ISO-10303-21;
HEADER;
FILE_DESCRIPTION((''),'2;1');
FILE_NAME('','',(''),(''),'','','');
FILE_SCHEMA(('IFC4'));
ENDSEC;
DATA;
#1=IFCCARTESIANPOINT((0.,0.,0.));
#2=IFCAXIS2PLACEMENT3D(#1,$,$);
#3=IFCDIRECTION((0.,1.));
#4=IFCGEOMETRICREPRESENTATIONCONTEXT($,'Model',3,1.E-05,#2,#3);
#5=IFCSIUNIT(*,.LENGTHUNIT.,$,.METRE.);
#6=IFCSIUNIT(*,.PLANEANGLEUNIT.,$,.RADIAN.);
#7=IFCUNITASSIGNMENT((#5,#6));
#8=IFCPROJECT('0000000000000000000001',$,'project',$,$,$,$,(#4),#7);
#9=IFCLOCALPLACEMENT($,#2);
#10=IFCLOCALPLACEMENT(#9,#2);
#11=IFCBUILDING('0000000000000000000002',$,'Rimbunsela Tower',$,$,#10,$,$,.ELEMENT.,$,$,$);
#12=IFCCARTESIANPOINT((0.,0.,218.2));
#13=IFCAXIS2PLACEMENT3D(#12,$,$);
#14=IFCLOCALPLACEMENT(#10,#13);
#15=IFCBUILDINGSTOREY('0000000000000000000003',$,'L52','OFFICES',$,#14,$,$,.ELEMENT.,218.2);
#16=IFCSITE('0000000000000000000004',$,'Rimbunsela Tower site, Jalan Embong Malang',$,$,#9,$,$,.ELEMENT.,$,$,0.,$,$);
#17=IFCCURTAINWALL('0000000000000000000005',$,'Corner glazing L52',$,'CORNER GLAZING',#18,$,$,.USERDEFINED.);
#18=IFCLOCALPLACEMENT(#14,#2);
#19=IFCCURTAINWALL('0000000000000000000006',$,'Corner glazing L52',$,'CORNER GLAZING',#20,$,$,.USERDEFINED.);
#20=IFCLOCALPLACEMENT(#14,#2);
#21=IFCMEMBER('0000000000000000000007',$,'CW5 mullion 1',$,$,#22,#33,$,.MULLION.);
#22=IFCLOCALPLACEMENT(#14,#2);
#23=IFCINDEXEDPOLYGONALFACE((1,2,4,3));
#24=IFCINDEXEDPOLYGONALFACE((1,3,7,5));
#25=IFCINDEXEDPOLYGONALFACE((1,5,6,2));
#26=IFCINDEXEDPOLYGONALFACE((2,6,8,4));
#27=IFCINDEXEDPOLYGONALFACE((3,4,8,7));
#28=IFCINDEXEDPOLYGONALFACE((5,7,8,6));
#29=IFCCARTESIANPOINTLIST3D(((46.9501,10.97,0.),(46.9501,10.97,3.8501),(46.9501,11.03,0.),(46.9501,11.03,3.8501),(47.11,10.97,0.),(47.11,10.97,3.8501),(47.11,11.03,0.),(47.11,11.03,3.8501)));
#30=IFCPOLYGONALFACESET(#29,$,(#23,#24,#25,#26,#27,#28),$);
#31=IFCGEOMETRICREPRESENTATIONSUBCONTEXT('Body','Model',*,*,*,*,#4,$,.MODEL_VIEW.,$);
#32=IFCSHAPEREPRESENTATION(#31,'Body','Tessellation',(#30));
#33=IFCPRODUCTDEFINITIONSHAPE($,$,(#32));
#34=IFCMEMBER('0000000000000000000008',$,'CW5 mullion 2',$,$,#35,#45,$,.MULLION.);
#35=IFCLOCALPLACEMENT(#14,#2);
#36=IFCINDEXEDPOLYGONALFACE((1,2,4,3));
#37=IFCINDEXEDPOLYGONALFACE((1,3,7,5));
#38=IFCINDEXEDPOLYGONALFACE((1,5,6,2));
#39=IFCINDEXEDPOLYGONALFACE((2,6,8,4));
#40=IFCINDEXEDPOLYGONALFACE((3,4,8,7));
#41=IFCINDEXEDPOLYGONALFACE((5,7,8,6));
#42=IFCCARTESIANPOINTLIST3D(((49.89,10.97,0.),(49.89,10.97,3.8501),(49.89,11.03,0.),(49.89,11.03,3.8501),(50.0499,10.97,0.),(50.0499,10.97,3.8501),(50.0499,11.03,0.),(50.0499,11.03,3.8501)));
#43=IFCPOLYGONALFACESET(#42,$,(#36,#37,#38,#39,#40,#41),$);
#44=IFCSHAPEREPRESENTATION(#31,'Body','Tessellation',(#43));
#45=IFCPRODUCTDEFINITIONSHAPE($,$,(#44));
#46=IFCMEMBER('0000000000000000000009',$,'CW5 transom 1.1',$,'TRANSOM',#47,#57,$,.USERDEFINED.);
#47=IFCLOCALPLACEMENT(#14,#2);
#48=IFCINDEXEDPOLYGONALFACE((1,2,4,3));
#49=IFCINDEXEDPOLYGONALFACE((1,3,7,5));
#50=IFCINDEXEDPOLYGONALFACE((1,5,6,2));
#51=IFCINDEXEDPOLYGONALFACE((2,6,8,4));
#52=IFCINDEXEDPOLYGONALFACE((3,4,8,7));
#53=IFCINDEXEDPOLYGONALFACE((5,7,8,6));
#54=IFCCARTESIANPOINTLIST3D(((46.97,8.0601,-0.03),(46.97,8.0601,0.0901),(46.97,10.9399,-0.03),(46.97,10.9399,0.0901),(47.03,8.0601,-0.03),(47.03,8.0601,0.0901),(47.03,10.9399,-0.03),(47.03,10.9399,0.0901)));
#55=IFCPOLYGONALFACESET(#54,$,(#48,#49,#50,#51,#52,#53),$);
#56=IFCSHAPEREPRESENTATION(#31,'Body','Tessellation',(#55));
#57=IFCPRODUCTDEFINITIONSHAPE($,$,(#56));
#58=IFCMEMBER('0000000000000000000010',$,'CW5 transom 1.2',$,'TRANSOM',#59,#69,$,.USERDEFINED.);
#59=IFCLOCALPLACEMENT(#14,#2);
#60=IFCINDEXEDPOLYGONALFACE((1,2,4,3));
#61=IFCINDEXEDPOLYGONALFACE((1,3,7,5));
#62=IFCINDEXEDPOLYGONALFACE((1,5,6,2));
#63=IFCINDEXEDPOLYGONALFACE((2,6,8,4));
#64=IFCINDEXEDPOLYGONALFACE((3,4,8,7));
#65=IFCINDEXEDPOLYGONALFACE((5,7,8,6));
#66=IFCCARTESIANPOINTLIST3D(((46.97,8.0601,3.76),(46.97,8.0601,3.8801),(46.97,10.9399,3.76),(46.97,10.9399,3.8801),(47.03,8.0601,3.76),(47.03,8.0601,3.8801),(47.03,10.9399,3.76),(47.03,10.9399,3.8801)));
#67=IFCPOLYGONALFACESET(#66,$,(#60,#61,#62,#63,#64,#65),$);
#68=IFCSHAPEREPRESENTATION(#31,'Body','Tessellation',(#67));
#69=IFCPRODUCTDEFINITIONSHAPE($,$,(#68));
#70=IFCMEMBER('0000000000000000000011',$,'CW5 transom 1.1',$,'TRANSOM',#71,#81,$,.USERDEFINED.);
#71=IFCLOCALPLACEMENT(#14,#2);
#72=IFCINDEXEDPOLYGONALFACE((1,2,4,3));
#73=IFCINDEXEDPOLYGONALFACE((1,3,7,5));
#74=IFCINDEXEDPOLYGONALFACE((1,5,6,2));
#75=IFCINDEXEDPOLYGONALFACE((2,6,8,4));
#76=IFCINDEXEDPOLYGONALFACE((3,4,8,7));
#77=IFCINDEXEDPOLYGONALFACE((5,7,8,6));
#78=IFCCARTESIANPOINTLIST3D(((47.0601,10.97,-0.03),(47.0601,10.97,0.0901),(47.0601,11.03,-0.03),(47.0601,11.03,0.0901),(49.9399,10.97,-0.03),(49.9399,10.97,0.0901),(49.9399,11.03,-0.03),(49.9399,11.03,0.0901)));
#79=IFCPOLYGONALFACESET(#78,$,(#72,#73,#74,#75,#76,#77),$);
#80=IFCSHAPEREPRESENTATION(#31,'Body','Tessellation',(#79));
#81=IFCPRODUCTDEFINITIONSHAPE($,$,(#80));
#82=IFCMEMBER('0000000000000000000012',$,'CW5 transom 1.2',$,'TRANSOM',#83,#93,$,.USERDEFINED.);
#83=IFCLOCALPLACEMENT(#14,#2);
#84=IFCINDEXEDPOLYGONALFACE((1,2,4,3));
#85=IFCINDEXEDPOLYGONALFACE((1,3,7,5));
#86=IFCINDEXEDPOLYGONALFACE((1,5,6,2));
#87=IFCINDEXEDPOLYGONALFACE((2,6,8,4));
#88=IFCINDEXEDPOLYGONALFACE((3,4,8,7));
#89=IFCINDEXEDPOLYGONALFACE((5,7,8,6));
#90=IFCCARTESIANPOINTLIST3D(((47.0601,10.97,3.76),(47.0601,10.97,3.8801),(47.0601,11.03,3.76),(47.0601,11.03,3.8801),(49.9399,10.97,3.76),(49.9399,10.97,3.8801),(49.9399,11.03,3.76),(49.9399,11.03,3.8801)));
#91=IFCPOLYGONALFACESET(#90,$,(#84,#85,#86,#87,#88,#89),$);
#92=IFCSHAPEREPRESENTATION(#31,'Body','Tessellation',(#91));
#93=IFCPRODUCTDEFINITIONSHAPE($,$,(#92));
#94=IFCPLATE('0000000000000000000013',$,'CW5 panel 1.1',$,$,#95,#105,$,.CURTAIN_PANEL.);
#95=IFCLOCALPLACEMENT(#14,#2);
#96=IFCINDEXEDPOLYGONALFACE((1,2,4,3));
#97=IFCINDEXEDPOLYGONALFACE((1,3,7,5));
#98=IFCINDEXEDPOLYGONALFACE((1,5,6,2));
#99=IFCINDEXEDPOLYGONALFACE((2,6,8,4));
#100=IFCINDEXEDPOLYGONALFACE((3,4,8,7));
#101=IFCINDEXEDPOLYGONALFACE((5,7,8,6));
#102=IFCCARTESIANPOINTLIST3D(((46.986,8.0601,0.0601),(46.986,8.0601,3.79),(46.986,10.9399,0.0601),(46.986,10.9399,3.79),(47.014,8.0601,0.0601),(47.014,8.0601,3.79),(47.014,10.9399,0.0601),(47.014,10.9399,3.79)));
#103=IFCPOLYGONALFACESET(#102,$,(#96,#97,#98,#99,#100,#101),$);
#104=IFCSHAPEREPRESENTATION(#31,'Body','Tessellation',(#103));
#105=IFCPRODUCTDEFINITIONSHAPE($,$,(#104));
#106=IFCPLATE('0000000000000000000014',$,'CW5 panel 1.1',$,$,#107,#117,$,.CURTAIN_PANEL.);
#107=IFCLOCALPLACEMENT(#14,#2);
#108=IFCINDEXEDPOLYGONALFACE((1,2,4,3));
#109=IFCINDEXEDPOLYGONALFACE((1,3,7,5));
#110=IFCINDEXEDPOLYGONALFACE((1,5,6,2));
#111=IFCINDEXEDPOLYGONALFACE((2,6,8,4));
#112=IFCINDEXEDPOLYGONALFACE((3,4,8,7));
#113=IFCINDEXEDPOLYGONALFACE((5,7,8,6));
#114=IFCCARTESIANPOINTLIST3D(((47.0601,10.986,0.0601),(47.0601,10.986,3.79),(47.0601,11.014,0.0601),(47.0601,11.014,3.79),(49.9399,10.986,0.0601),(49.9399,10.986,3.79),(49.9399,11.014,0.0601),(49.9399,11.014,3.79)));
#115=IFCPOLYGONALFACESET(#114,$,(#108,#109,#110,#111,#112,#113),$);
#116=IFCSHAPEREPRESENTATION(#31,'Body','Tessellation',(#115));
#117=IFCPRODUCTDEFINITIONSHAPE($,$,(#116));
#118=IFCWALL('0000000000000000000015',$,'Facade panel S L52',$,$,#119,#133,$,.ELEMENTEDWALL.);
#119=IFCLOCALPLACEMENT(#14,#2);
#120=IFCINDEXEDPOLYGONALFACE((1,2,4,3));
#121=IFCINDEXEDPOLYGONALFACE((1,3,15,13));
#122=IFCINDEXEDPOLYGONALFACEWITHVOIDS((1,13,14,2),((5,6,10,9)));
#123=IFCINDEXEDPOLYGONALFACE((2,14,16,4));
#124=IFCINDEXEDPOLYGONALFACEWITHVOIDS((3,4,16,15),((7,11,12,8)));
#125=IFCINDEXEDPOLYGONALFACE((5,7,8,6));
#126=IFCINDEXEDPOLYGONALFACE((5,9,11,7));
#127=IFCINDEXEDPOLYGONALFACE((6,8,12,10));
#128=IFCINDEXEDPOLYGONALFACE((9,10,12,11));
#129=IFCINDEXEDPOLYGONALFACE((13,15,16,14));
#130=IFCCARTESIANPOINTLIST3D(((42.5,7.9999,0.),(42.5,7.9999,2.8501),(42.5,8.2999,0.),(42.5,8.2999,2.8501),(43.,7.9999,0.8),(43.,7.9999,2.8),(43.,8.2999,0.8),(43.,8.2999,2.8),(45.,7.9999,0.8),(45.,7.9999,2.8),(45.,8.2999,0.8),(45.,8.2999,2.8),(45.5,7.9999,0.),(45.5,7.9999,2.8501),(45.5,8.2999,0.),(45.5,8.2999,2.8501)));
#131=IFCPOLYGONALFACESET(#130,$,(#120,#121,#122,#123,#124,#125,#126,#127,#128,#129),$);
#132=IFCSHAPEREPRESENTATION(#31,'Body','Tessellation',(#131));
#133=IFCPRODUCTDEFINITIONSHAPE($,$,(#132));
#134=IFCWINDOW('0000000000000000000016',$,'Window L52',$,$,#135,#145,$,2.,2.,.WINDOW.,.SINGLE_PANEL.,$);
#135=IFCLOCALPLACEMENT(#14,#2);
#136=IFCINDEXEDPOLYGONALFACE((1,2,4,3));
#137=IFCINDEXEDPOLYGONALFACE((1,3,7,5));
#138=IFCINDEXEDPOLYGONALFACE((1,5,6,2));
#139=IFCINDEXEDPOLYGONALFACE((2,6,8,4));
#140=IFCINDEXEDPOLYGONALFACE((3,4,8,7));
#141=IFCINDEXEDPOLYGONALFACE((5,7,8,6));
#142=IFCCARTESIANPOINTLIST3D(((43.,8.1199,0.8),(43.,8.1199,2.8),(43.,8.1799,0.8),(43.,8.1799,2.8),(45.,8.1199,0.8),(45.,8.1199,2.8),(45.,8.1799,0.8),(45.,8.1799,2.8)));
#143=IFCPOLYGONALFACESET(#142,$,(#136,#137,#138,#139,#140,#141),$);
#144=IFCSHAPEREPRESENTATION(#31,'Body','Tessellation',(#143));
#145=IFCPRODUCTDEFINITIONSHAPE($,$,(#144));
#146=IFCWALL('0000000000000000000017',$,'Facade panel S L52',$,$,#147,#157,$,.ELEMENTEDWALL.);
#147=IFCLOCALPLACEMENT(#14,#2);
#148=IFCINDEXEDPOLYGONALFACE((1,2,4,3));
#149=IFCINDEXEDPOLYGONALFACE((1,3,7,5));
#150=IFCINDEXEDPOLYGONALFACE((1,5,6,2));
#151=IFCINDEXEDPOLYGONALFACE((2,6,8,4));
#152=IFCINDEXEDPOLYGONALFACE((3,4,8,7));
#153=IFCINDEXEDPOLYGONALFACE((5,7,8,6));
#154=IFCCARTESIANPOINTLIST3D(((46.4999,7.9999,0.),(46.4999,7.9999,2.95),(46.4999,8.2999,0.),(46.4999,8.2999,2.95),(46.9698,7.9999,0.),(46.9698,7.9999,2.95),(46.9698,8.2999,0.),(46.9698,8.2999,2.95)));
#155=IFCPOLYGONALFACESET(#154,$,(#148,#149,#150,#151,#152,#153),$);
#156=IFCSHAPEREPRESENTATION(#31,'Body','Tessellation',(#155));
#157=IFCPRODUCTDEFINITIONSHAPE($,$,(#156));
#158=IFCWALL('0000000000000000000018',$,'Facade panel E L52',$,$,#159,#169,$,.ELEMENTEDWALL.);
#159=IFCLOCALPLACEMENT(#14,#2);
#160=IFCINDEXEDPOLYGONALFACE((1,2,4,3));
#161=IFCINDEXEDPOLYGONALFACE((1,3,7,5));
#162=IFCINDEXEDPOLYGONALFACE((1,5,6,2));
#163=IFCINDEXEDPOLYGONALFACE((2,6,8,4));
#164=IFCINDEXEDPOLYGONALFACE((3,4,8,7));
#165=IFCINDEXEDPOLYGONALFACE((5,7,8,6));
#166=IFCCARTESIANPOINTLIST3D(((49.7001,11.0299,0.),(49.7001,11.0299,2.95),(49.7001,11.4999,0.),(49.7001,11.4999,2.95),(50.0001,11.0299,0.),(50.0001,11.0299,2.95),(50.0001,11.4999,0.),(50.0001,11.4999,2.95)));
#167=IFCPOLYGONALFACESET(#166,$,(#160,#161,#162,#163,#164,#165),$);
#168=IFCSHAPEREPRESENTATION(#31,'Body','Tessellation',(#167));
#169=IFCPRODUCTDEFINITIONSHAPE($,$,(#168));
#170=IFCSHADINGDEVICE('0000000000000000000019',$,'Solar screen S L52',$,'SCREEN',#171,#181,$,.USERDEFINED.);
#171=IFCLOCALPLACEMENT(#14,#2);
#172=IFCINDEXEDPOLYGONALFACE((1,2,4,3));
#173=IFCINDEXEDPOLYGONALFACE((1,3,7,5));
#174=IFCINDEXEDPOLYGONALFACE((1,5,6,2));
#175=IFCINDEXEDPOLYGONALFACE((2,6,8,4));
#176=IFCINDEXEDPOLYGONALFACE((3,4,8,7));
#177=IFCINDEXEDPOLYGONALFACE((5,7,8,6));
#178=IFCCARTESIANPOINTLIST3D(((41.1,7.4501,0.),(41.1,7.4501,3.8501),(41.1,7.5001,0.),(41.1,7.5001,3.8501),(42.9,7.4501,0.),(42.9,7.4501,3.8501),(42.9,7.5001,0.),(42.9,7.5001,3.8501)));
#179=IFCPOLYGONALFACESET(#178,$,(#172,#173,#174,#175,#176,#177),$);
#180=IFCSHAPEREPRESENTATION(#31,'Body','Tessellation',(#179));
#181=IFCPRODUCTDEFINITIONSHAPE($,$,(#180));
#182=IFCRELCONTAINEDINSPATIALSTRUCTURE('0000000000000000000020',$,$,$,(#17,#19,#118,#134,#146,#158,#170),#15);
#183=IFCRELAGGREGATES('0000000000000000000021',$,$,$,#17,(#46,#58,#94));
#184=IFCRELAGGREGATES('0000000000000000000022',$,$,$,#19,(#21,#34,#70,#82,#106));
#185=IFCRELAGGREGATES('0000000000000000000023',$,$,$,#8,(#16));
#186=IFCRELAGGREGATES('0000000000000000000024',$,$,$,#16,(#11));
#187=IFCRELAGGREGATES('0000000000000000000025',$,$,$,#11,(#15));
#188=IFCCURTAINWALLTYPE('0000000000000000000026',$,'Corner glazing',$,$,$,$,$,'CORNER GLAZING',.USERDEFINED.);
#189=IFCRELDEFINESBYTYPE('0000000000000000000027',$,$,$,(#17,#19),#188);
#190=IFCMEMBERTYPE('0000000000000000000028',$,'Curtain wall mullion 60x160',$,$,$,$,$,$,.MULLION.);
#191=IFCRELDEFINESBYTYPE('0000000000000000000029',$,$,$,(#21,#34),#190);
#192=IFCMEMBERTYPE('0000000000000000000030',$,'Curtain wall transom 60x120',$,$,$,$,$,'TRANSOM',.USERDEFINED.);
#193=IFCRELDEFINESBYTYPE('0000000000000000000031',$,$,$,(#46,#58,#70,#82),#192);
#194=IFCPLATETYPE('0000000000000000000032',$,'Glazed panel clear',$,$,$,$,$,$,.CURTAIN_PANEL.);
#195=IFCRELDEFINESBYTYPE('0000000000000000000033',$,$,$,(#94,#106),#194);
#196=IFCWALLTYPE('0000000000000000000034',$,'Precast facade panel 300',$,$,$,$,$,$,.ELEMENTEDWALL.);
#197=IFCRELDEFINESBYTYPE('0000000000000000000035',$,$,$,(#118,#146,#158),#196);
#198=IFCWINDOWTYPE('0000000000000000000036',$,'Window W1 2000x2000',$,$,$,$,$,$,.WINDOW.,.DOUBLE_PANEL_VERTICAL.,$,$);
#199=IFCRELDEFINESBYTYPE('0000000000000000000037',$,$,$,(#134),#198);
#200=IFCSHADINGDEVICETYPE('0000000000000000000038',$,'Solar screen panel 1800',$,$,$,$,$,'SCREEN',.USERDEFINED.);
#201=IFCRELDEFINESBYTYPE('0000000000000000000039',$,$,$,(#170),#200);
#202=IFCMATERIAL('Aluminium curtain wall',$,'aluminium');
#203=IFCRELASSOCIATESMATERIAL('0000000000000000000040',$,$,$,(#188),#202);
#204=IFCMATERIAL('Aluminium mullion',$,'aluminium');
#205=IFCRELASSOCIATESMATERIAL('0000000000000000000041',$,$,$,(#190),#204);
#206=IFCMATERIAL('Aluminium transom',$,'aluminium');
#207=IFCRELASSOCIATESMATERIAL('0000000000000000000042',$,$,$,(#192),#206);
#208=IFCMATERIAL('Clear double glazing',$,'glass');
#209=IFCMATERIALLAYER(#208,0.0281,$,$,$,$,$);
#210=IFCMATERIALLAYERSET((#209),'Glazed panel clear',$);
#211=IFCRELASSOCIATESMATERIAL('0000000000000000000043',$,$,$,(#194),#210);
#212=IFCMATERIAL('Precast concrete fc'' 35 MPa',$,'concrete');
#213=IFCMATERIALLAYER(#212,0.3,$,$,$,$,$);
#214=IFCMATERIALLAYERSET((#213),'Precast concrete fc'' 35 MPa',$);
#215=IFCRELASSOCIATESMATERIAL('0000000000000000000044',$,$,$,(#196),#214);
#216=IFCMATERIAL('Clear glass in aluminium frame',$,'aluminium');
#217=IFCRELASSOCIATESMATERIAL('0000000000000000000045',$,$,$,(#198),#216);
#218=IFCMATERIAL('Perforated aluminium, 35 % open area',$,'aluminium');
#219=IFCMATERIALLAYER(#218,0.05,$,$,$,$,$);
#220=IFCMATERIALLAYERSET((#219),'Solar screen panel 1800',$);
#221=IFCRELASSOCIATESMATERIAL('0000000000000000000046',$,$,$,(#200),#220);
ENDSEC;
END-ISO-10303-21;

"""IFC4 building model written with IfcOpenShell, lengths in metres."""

from ifc_helpers import new_model, si_unit, direction, frame, frame_2d, origin, origin_2d, place, context, subcontext, project, spatial, rectangle, extrude, material, layer, layer_set, material_profile, profile_set, type_object, element, fill, aggregate, save


model = new_model("IFC4")

# Units and contexts
model_context = context("Model", 3, precision=1e-05, world=origin(), true_north=direction((0.0, 1.0)))
body_context = subcontext(model_context, "Body", "Model", "MODEL_VIEW")
ifc_project = project(units=[si_unit("LENGTHUNIT", "METRE"), si_unit("PLANEANGLEUNIT", "RADIAN")], contexts=[model_context])

# Site, building, storey
site_placement = place(None, origin())
site = spatial("IfcSite", under=ifc_project, at=site_placement, Name="Rimbunsela Tower site, Jalan Embong Malang", CompositionType="ELEMENT", RefElevation=0.0)
building_placement = place(site_placement, origin())
building = spatial("IfcBuilding", under=site, at=building_placement, Name="Rimbunsela Tower", CompositionType="ELEMENT")
storey_placement = place(building_placement, frame((0.0, 0.0, 218.2)))
storey = spatial("IfcBuildingStorey", under=building, at=storey_placement, Name="L52", Description="OFFICES", CompositionType="ELEMENT", Elevation=218.2)

# Curtain walls, members
ifc_material_1 = material(Name="Aluminium curtain wall", Category="aluminium")
curtain_wall_type = type_object("IfcCurtainWallType", Name="Corner glazing", ElementType="CORNER GLAZING", PredefinedType="USERDEFINED", material=ifc_material_1)
curtain_wall_1_placement = place(storey_placement, origin())
curtain_wall_1 = element("IfcCurtainWall", 1, at=curtain_wall_1_placement, inside=storey, type_object=curtain_wall_type, Name="Corner glazing L52", ObjectType="CORNER GLAZING", PredefinedType="USERDEFINED")
ifc_material_2 = material(Name="Aluminium mullion", Category="aluminium")
ifc_material_profile_1 = material_profile(ifc_material_2, rectangle(XDim=0.0601, YDim=0.1599, at=origin_2d()), Name="Mullion 60x160")
ifc_profile_set_1 = profile_set([ifc_material_profile_1], Name="Aluminium mullion")
member_type_1 = type_object("IfcMemberType", Name="Curtain wall mullion 60x160", PredefinedType="MULLION", material=ifc_profile_set_1)
curtain_wall_2_placement = place(storey_placement, origin())
curtain_wall_2 = element("IfcCurtainWall", 2, at=curtain_wall_2_placement, inside=storey, type_object=curtain_wall_type, Name="Corner glazing L52", ObjectType="CORNER GLAZING", PredefinedType="USERDEFINED")
member_1_placement = place(storey_placement, frame((47.03, 11.0, 0.0), z_axis=(0.0, 0.0, 1.0), x_axis=(0.0, 1.0, 0.0)))
member_1 = element("IfcMember", 3, at=member_1_placement, type_object=member_type_1, Name="CW5 mullion 1", PredefinedType="MULLION", context=body_context, shape_type="SweptSolid", body=[
    extrude(rectangle(XDim=0.0601, YDim=0.1599, at=origin_2d()), origin(), (0.0, 0.0, 1.0), 3.8501),
])
member_2_placement = place(storey_placement, frame((49.97, 11.0, 0.0), z_axis=(0.0, 0.0, 1.0), x_axis=(0.0, 1.0, 0.0)))
member_2 = element("IfcMember", 4, at=member_2_placement, type_object=member_type_1, Name="CW5 mullion 2", PredefinedType="MULLION", context=body_context, shape_type="SweptSolid", body=[
    extrude(rectangle(XDim=0.0601, YDim=0.1599, at=origin_2d()), origin(), (0.0, 0.0, 1.0), 3.8501),
])

# Members
ifc_material_3 = material(Name="Aluminium transom", Category="aluminium")
ifc_material_profile_2 = material_profile(ifc_material_3, rectangle(XDim=0.0601, YDim=0.1201, at=origin_2d()), Name="Transom 60x120")
ifc_profile_set_2 = profile_set([ifc_material_profile_2], Name="Aluminium transom")
member_type_2 = type_object("IfcMemberType", Name="Curtain wall transom 60x120", ElementType="TRANSOM", PredefinedType="USERDEFINED", material=ifc_profile_set_2)
member_3_placement = place(storey_placement, frame((47.0, 8.0601, 0.03), z_axis=(0.0, 1.0, 0.0), x_axis=(-1.0, 0.0, 0.0)))
member_3 = element("IfcMember", 5, at=member_3_placement, type_object=member_type_2, Name="CW5 transom 1.1", ObjectType="TRANSOM", PredefinedType="USERDEFINED", context=body_context, shape_type="SweptSolid", body=[
    extrude(rectangle(XDim=0.0601, YDim=0.1201, at=origin_2d()), origin(), (0.0, 0.0, 1.0), 2.8799),
])
member_4_placement = place(storey_placement, frame((47.0, 8.0601, 3.8201), z_axis=(0.0, 1.0, 0.0), x_axis=(-1.0, 0.0, 0.0)))
member_4 = element("IfcMember", 6, at=member_4_placement, type_object=member_type_2, Name="CW5 transom 1.2", ObjectType="TRANSOM", PredefinedType="USERDEFINED", context=body_context, shape_type="SweptSolid", body=[
    extrude(rectangle(XDim=0.0601, YDim=0.1201, at=origin_2d()), origin(), (0.0, 0.0, 1.0), 2.8799),
])
member_5_placement = place(storey_placement, frame((47.0601, 11.0, 0.03), z_axis=(1.0, 0.0, 0.0), x_axis=(0.0, 1.0, 0.0)))
member_5 = element("IfcMember", 7, at=member_5_placement, type_object=member_type_2, Name="CW5 transom 1.1", ObjectType="TRANSOM", PredefinedType="USERDEFINED", context=body_context, shape_type="SweptSolid", body=[
    extrude(rectangle(XDim=0.0601, YDim=0.1201, at=origin_2d()), origin(), (0.0, 0.0, 1.0), 2.8799),
])
member_6_placement = place(storey_placement, frame((47.0601, 11.0, 3.8201), z_axis=(1.0, 0.0, 0.0), x_axis=(0.0, 1.0, 0.0)))
member_6 = element("IfcMember", 8, at=member_6_placement, type_object=member_type_2, Name="CW5 transom 1.2", ObjectType="TRANSOM", PredefinedType="USERDEFINED", context=body_context, shape_type="SweptSolid", body=[
    extrude(rectangle(XDim=0.0601, YDim=0.1201, at=origin_2d()), origin(), (0.0, 0.0, 1.0), 2.8799),
])

# Plates
ifc_material_4 = material(Name="Clear double glazing", Category="glass")
ifc_layer_1 = layer(ifc_material_4, 0.0281)
ifc_layer_set_1 = layer_set([ifc_layer_1], Name="Glazed panel clear")
plate_type = type_object("IfcPlateType", Name="Glazed panel clear", PredefinedType="CURTAIN_PANEL", material=ifc_layer_set_1)
plate_1_placement = place(storey_placement, frame((47.0, 9.5, 0.0601), z_axis=(0.0, 0.0, 1.0), x_axis=(0.0, 1.0, 0.0)))
plate_1 = element("IfcPlate", 9, at=plate_1_placement, type_object=plate_type, Name="CW5 panel 1.1", PredefinedType="CURTAIN_PANEL", context=body_context, shape_type="SweptSolid", body=[
    extrude(rectangle(XDim=2.8799, YDim=0.0281, at=origin_2d()), origin(), (0.0, 0.0, 1.0), 3.73),
])
aggregate(curtain_wall_1, [member_3, member_4, plate_1])
plate_2_placement = place(storey_placement, frame((48.5, 11.0, 0.0601), z_axis=(0.0, 0.0, 1.0), x_axis=(1.0, 0.0, 0.0)))
plate_2 = element("IfcPlate", 10, at=plate_2_placement, type_object=plate_type, Name="CW5 panel 1.1", PredefinedType="CURTAIN_PANEL", context=body_context, shape_type="SweptSolid", body=[
    extrude(rectangle(XDim=2.8799, YDim=0.0281, at=origin_2d()), origin(), (0.0, 0.0, 1.0), 3.73),
])
aggregate(curtain_wall_2, [member_1, member_2, member_5, member_6, plate_2])

# Wall, opening, window
ifc_material_5 = material(Name="Precast concrete fc' 35 MPa", Category="concrete")
ifc_layer_2 = layer(ifc_material_5, 0.3)
ifc_layer_set_2 = layer_set([ifc_layer_2], Name="Precast concrete fc' 35 MPa")
wall_type = type_object("IfcWallType", Name="Precast facade panel 300", PredefinedType="ELEMENTEDWALL", material=ifc_layer_set_2)
wall_placement = place(storey_placement, frame((42.5, 8.1499, 0.0), z_axis=(0.0, 0.0, 1.0), x_axis=(1.0, 0.0, 0.0)))
wall = element("IfcWall", 11, at=wall_placement, inside=storey, type_object=wall_type, Name="Facade panel S L52", PredefinedType="ELEMENTEDWALL", context=body_context, shape_type="SweptSolid", body=[
    extrude(rectangle(XDim=3.0, YDim=0.3, at=frame_2d((1.5, 0.0))), origin(), (0.0, 0.0, 1.0), 2.8501),
])
opening_placement = place(wall_placement, frame((0.5, 0.0, 0.8)))
opening = element("IfcOpeningElement", 12, at=opening_placement, cuts=wall, PredefinedType="OPENING", context=body_context, shape_type="SweptSolid", body=[
    extrude(rectangle(XDim=2.0, YDim=2.0, at=frame_2d((1.0, 1.0))), frame((0.0, 0.1599, 0.0), z_axis=(0.0, -1.0, 0.0), x_axis=(1.0, 0.0, 0.0)), (0.0, 0.0, 1.0), 0.3201),
])
ifc_material_6 = material(Name="Clear glass in aluminium frame", Category="aluminium")
window_type = type_object("IfcWindowType", Name="Window W1 2000x2000", PartitioningType="DOUBLE_PANEL_VERTICAL", PredefinedType="WINDOW", material=ifc_material_6)
window_placement = place(opening_placement, origin())
window = element("IfcWindow", 13, at=window_placement, inside=storey, type_object=window_type, Name="Window L52", OverallHeight=2.0, OverallWidth=2.0, PartitioningType="SINGLE_PANEL", PredefinedType="WINDOW", context=body_context, shape_type="SweptSolid", body=[
    extrude(rectangle(XDim=2.0, YDim=2.0, at=frame_2d((1.0, 1.0))), frame((0.0, 0.03, 0.0), z_axis=(0.0, -1.0, 0.0), x_axis=(1.0, 0.0, 0.0)), (0.0, 0.0, 1.0), 0.0601),
])
fill(opening, window)

# Walls
for number, where, z_axis, x_axis, name in (
    (14, (46.5, 8.1499, 0.0), (0.0, 0.0, 1.0), (1.0, 0.0, 0.0), "Facade panel S L52"),
    (15, (49.8501, 11.03, 0.0), (0.0, 0.0, 1.0), (0.0, 1.0, 0.0), "Facade panel E L52"),
):
    element("IfcWall", number, at=place(storey_placement, frame(where, z_axis=z_axis, x_axis=x_axis)), inside=storey, type_object=wall_type, Name=name, PredefinedType="ELEMENTEDWALL", context=body_context, shape_type="SweptSolid", body=[
        extrude(rectangle(XDim=0.47, YDim=0.3, at=frame_2d((0.2349, 0.0))), origin(), (0.0, 0.0, 1.0), 2.95),
    ])

# Shading device
ifc_material_7 = material(Name="Perforated aluminium, 35 % open area", Category="aluminium")
ifc_layer_3 = layer(ifc_material_7, 0.05)
ifc_layer_set_3 = layer_set([ifc_layer_3], Name="Solar screen panel 1800")
shading_device_type = type_object("IfcShadingDeviceType", Name="Solar screen panel 1800", ElementType="SCREEN", PredefinedType="USERDEFINED", material=ifc_layer_set_3)
for number, where, z_axis, x_axis, name in (
    (16, (42.0, 7.4751, 0.0), (0.0, 0.0, 1.0), (1.0, 0.0, 0.0), "Solar screen S L52"),
):
    element("IfcShadingDevice", number, at=place(storey_placement, frame(where, z_axis=z_axis, x_axis=x_axis)), inside=storey, type_object=shading_device_type, Name=name, ObjectType="SCREEN", PredefinedType="USERDEFINED", context=body_context, shape_type="SweptSolid", body=[
        extrude(rectangle(XDim=1.8, YDim=0.05, at=origin_2d()), origin(), (0.0, 0.0, 1.0), 3.8501),
    ])

save(model, "model.ifc")
